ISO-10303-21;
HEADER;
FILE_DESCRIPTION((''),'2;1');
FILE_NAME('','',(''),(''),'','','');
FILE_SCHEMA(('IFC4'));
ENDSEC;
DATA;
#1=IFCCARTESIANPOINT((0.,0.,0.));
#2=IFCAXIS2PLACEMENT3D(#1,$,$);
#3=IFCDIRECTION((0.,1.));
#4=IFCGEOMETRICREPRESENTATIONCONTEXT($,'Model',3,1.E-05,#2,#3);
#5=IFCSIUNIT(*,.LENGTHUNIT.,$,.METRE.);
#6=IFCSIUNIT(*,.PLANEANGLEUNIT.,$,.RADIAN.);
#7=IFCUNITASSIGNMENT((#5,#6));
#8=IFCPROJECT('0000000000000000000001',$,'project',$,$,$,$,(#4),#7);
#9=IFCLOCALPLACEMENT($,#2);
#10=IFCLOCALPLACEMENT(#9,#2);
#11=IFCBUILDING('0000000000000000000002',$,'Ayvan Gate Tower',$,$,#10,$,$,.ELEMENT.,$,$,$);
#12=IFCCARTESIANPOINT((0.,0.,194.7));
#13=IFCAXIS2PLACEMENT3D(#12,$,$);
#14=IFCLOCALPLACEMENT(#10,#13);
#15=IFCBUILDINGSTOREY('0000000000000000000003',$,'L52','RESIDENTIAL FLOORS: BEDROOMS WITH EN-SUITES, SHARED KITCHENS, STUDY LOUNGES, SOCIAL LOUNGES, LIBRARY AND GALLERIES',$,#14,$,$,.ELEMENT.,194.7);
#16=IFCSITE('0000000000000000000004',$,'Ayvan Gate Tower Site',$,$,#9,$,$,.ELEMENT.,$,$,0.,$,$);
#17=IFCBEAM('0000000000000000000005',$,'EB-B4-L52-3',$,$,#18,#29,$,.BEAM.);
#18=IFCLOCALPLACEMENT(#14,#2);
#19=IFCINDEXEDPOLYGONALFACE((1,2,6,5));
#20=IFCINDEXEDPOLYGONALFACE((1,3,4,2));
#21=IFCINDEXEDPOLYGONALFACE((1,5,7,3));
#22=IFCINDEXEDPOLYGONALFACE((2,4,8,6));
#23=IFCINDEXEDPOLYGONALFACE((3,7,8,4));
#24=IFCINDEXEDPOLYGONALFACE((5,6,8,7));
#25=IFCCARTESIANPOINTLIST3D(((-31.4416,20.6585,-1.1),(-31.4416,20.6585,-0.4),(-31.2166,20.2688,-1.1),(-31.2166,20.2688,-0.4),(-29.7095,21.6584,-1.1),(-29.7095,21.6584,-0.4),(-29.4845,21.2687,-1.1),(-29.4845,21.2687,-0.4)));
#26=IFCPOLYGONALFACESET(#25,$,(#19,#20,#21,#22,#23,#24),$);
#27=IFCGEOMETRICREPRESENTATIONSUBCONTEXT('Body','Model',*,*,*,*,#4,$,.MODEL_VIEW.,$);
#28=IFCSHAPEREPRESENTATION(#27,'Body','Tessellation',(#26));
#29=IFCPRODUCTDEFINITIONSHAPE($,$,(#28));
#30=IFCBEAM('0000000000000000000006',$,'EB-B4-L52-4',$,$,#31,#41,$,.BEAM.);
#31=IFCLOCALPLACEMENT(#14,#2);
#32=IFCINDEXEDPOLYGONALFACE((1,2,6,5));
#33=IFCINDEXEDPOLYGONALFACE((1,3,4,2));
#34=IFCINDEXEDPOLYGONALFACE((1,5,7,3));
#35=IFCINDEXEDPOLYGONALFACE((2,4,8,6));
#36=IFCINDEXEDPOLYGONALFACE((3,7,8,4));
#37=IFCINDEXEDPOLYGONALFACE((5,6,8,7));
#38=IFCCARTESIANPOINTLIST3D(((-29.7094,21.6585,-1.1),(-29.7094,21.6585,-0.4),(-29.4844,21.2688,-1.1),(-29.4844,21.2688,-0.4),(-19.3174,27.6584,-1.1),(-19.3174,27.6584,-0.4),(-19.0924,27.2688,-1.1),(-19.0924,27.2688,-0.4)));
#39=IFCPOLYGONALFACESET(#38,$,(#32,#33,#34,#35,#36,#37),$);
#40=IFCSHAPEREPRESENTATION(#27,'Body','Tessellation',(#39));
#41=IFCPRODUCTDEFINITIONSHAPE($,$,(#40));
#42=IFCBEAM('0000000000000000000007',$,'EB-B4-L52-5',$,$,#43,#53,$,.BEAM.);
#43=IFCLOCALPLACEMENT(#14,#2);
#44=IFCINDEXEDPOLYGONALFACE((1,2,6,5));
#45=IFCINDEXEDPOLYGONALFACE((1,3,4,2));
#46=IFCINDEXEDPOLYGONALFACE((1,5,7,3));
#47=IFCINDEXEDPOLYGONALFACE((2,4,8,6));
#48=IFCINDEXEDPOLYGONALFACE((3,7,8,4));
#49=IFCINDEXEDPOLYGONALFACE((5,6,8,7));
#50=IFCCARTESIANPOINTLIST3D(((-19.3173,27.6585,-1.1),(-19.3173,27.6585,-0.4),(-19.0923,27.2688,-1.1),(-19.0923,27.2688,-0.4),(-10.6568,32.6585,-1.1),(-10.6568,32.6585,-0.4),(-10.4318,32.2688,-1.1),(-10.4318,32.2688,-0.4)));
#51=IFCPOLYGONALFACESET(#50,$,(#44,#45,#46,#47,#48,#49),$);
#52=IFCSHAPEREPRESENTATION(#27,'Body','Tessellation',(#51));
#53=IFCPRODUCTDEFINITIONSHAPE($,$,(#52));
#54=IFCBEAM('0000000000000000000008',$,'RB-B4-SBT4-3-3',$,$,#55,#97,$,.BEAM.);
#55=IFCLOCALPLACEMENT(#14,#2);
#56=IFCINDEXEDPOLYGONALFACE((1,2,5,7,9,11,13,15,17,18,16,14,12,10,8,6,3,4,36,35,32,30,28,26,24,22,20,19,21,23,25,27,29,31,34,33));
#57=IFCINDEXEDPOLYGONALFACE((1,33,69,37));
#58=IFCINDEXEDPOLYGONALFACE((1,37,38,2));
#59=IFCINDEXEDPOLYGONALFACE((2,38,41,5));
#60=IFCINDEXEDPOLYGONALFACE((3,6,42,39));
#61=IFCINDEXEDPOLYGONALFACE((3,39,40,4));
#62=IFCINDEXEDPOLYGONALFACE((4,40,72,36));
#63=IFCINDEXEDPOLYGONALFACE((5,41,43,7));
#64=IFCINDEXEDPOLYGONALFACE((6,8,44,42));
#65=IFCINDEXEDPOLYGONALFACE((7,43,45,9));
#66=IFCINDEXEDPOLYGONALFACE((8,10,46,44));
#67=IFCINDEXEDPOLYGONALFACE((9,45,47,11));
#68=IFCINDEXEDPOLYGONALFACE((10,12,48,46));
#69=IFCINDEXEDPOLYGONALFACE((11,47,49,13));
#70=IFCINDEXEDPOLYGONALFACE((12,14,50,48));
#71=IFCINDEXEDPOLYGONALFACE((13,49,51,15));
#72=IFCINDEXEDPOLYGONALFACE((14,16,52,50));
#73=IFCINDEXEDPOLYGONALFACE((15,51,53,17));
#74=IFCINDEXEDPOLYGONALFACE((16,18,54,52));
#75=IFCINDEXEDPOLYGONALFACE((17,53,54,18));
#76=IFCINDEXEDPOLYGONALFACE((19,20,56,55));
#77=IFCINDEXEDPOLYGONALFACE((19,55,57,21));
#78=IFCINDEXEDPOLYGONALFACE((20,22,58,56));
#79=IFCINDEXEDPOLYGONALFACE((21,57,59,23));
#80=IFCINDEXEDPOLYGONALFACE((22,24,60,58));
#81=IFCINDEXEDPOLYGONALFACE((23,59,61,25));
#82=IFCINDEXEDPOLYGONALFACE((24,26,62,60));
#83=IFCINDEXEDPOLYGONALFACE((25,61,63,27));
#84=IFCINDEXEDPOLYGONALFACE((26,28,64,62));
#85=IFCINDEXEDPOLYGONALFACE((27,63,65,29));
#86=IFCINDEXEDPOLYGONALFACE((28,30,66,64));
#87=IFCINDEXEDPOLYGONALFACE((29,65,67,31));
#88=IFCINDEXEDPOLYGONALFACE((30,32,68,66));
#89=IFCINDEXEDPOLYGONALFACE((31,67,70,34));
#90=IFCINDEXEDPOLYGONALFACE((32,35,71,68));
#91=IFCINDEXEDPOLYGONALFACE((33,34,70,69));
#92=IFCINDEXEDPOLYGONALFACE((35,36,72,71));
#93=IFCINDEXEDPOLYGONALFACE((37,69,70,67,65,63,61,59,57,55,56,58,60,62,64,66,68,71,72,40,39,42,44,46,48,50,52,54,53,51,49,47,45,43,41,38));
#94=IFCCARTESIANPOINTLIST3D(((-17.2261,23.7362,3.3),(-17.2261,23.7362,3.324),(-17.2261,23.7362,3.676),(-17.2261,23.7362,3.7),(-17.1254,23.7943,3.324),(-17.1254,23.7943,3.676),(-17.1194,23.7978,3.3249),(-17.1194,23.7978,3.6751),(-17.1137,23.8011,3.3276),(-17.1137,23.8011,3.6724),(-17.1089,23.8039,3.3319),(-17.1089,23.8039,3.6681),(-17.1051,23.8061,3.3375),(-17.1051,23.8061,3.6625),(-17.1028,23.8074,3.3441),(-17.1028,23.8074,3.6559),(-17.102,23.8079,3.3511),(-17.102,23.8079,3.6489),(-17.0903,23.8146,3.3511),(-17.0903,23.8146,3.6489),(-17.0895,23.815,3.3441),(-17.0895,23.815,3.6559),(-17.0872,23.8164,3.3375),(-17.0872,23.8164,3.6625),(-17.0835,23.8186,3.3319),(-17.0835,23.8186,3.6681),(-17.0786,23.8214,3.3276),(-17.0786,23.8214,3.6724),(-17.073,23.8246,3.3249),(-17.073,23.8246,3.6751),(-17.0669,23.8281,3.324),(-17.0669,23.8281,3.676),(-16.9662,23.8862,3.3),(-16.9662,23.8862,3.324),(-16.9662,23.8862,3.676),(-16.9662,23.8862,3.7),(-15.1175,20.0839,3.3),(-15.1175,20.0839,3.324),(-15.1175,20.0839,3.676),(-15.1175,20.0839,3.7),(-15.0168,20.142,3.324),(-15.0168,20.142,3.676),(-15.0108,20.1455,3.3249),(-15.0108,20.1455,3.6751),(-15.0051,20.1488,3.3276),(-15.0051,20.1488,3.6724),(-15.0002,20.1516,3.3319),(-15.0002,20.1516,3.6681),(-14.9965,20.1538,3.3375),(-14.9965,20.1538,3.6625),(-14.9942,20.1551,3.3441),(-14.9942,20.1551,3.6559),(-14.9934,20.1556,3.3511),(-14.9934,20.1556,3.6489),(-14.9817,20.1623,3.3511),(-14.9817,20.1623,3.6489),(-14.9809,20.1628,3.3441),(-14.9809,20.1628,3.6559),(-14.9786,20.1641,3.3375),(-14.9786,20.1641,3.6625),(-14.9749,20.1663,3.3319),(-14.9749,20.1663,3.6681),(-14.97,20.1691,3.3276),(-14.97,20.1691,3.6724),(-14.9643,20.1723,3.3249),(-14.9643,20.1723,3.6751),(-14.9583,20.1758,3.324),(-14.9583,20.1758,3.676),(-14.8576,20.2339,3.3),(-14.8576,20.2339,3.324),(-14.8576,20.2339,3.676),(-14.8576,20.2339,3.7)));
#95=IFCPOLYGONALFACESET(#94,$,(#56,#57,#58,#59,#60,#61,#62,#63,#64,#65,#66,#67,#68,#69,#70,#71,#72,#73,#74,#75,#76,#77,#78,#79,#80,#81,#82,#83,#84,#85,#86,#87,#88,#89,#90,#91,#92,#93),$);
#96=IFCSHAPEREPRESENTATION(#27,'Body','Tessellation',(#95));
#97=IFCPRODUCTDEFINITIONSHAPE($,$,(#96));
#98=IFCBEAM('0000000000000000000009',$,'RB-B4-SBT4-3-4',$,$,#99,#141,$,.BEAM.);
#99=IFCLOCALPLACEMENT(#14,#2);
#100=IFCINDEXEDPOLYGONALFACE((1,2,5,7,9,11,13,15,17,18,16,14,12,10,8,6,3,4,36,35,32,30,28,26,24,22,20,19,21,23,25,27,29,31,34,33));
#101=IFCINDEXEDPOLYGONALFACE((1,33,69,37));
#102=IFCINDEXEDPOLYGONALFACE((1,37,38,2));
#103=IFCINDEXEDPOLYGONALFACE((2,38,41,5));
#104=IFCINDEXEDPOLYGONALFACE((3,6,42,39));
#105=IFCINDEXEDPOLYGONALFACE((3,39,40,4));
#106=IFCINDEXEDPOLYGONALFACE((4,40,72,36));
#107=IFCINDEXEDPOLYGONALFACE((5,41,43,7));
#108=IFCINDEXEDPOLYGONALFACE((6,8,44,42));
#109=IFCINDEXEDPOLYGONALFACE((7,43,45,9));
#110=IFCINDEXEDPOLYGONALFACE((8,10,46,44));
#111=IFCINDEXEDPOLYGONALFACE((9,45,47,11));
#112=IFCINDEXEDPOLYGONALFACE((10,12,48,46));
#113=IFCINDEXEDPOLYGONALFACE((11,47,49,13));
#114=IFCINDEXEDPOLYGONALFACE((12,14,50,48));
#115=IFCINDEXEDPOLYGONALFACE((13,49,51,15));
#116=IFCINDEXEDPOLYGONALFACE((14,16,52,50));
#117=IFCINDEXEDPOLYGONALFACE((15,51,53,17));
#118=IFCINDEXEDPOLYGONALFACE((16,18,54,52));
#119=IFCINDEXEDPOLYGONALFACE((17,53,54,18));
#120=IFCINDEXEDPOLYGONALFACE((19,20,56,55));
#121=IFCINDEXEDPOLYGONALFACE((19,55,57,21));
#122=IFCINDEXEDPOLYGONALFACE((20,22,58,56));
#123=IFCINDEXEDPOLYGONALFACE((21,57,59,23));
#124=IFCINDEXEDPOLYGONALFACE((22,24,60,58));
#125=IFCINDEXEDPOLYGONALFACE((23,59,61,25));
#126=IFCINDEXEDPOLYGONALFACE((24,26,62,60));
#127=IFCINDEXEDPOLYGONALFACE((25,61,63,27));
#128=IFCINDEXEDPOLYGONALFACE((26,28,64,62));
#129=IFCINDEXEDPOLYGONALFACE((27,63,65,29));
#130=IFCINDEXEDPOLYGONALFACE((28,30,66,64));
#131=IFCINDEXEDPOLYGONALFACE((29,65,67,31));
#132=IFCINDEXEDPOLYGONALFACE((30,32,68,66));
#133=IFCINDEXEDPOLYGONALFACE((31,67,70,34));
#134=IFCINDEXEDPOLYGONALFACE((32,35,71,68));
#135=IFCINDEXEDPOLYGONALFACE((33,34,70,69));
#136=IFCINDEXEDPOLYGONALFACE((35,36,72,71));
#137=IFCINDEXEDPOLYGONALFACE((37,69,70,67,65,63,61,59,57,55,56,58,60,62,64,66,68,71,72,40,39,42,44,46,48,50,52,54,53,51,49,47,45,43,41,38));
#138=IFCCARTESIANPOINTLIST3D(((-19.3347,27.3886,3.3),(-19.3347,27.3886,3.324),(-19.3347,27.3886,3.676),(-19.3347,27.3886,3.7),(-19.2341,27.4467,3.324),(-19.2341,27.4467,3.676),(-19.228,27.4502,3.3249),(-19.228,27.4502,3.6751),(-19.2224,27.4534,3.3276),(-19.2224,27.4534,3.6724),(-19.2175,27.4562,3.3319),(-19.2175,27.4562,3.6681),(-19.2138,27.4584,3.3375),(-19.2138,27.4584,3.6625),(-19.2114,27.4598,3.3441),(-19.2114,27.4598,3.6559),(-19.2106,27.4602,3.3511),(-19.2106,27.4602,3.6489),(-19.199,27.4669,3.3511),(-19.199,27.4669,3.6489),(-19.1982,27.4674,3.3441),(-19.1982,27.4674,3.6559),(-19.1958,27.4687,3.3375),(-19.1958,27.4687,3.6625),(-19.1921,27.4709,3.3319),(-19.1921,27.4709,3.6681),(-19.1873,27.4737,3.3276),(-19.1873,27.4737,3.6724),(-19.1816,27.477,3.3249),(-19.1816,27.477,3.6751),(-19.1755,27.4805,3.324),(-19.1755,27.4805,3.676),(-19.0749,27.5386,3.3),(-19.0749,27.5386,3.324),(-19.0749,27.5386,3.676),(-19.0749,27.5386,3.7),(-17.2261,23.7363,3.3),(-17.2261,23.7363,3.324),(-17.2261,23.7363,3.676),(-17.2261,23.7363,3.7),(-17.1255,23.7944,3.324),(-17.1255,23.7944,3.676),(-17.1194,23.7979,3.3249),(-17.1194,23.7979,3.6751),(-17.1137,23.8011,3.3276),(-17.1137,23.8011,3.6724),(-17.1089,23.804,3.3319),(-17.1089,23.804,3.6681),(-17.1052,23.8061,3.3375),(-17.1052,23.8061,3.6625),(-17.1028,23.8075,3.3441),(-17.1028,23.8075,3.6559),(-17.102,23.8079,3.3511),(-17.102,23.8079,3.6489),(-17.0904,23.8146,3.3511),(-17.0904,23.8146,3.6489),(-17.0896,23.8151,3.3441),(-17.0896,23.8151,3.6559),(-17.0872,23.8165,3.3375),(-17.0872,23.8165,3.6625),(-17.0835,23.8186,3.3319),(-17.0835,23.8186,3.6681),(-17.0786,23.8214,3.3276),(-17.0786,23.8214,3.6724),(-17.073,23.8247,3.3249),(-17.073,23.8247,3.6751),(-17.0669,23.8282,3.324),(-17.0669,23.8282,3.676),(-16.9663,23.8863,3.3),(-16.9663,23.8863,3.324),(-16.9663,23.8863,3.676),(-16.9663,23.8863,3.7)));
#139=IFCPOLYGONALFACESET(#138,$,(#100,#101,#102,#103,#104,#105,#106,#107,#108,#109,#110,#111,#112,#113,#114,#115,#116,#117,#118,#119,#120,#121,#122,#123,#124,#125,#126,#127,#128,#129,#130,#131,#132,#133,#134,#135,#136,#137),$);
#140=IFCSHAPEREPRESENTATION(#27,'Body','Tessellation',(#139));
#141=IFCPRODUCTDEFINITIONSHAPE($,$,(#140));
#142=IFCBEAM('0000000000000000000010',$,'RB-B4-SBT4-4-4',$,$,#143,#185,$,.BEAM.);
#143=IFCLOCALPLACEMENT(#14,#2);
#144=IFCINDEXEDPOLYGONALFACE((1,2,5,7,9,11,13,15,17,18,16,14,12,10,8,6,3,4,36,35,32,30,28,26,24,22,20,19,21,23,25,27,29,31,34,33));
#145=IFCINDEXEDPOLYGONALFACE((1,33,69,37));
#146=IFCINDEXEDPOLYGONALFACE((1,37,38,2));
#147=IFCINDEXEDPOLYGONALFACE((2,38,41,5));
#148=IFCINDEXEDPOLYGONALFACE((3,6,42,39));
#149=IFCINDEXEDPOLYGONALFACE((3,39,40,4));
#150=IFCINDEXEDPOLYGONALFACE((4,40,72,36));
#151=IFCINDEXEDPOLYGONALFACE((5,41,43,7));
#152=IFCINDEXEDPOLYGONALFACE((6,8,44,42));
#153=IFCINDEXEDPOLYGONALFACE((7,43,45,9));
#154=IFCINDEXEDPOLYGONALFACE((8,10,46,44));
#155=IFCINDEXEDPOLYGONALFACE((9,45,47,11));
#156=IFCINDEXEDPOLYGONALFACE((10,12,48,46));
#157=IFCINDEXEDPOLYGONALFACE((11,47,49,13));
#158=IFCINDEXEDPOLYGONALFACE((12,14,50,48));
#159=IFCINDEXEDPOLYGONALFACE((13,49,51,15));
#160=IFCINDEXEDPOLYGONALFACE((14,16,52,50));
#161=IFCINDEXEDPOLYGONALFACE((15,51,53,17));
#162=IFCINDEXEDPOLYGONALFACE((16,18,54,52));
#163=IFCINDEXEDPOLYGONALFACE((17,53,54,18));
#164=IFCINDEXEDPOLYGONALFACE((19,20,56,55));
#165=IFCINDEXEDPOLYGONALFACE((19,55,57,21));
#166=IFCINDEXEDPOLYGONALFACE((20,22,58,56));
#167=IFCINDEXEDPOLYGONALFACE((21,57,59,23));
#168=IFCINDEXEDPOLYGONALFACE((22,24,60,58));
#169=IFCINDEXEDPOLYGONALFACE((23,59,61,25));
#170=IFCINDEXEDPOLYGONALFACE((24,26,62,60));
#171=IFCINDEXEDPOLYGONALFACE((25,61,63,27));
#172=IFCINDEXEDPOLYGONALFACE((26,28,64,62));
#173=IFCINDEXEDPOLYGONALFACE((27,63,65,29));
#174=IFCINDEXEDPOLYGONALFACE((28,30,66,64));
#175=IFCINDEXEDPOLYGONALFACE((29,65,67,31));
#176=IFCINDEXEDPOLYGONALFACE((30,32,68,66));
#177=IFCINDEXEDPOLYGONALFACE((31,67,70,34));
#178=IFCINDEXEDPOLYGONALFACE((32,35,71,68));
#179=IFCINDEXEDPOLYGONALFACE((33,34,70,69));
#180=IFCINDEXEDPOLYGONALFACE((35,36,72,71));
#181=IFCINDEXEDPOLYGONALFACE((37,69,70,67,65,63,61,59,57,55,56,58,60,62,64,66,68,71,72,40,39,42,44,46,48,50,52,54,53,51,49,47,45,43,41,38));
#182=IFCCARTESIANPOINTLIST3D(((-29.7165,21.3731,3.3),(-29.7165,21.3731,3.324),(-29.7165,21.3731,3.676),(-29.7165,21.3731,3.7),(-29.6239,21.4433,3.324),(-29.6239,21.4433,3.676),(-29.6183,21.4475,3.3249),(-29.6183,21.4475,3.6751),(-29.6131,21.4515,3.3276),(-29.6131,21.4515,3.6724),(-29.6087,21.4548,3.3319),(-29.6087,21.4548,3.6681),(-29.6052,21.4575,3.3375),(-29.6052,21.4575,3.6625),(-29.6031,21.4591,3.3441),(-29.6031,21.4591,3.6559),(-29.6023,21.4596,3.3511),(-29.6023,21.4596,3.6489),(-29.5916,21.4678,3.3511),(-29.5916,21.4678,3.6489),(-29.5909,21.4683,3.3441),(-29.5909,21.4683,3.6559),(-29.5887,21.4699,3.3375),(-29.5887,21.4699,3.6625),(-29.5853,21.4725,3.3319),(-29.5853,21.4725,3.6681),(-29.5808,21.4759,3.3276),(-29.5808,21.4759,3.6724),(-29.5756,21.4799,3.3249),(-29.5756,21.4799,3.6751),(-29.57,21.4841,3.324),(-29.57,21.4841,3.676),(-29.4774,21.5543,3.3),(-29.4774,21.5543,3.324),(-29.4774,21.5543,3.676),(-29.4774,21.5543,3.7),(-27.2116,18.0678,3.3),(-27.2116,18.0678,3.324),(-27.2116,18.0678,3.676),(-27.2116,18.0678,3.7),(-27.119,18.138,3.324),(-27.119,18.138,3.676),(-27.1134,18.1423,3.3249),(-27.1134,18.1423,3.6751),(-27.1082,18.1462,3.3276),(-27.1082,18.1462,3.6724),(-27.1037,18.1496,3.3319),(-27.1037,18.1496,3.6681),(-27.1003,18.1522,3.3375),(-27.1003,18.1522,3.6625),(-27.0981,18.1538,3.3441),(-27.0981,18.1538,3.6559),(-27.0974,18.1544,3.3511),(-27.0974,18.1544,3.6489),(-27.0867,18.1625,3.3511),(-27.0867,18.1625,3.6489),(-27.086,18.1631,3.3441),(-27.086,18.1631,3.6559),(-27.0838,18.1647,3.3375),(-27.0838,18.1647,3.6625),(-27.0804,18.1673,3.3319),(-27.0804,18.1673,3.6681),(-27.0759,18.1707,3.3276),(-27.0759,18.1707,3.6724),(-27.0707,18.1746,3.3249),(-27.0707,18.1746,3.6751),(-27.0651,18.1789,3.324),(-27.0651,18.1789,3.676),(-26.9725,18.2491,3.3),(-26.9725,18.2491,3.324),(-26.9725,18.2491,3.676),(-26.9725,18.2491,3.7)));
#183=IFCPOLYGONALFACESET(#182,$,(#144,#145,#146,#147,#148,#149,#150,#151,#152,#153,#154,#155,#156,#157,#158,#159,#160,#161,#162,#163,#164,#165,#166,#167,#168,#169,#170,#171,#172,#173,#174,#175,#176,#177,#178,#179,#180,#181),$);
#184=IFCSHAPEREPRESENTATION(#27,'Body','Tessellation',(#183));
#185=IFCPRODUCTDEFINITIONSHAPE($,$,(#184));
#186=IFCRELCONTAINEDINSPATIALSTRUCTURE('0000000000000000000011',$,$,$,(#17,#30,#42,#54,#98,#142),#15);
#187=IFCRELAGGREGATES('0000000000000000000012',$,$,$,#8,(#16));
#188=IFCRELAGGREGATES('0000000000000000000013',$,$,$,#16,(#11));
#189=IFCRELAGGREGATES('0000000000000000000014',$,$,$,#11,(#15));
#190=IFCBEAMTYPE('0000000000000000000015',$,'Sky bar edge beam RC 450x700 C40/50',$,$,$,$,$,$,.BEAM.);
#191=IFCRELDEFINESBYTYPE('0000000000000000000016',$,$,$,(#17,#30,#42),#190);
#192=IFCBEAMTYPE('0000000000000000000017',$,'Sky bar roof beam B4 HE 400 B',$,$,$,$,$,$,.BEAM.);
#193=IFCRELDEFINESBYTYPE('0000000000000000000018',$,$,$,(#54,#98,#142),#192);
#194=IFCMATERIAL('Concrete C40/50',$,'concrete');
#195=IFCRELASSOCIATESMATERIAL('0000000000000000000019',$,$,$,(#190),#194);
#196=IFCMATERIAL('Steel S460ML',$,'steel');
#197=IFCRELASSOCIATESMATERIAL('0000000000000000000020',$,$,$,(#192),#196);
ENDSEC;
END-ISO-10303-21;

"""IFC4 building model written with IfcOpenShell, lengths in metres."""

from ifc_helpers import new_model, si_unit, direction, frame, origin, origin_2d, place, context, subcontext, project, spatial, rectangle, i_section, extrude, material, material_profile, profile_set, type_object, element, save


model = new_model("IFC4")

# Units and contexts
model_context = context("Model", 3, precision=1e-05, world=origin(), true_north=direction((0.0, 1.0)))
body_context = subcontext(model_context, "Body", "Model", "MODEL_VIEW")
ifc_project = project(units=[si_unit("LENGTHUNIT", "METRE"), si_unit("PLANEANGLEUNIT", "RADIAN")], contexts=[model_context])

# Site, building, storey
site_placement = place(None, origin())
site = spatial("IfcSite", under=ifc_project, at=site_placement, Name="Ayvan Gate Tower Site", CompositionType="ELEMENT", RefElevation=0.0)
building_placement = place(site_placement, origin())
building = spatial("IfcBuilding", under=site, at=building_placement, Name="Ayvan Gate Tower", CompositionType="ELEMENT")
storey_placement = place(building_placement, frame((0.0, 0.0, 194.7)))
storey = spatial("IfcBuildingStorey", under=building, at=storey_placement, Name="L52", Description="RESIDENTIAL FLOORS: BEDROOMS WITH EN-SUITES, SHARED KITCHENS, STUDY LOUNGES, SOCIAL LOUNGES, LIBRARY AND GALLERIES", CompositionType="ELEMENT", Elevation=194.7)

# Beams
ifc_material_1 = material(Name="Concrete C40/50", Category="concrete")
ifc_material_profile_1 = material_profile(ifc_material_1, rectangle(XDim=0.45, YDim=0.7, at=origin_2d()), Name="RC 450x700")
ifc_profile_set_1 = profile_set([ifc_material_profile_1], Name="Concrete C40/50")
beam_type_1 = type_object("IfcBeamType", Name="Sky bar edge beam RC 450x700 C40/50", PredefinedType="BEAM", material=ifc_profile_set_1)
beam_1_placement = place(storey_placement, frame((-31.3291, 20.4636, -0.75), z_axis=(0.866041, 0.499973, 0.0), x_axis=(-0.499973, 0.866041, 0.0)))
element("IfcBeam", 1, at=beam_1_placement, inside=storey, type_object=beam_type_1, Name="EB-B4-L52-3", PredefinedType="BEAM", context=body_context, shape_type="SweptSolid", body=[
    extrude(rectangle(XDim=0.45, YDim=0.7, at=origin_2d()), origin(), (0.0, 0.0, 1.0), 2.0),
])
beam_2_placement = place(storey_placement, frame((-29.5969, 21.4636, -0.75), z_axis=(0.866021, 0.500008, 0.0), x_axis=(-0.500008, 0.866021, 0.0)))
element("IfcBeam", 2, at=beam_2_placement, inside=storey, type_object=beam_type_1, Name="EB-B4-L52-4", PredefinedType="BEAM", context=body_context, shape_type="SweptSolid", body=[
    extrude(rectangle(XDim=0.45, YDim=0.7, at=origin_2d()), origin(), (0.0, 0.0, 1.0), 11.9998),
])
beam_3_placement = place(storey_placement, frame((-19.2048, 27.4636, -0.75), z_axis=(0.866029, 0.499994, 0.0), x_axis=(-0.499994, 0.866029, 0.0)))
element("IfcBeam", 3, at=beam_3_placement, inside=storey, type_object=beam_type_1, Name="EB-B4-L52-5", PredefinedType="BEAM", context=body_context, shape_type="SweptSolid", body=[
    extrude(rectangle(XDim=0.45, YDim=0.7, at=origin_2d()), origin(), (0.0, 0.0, 1.0), 10.0002),
])
ifc_material_2 = material(Name="Steel S460ML", Category="steel")
ifc_material_profile_2 = material_profile(ifc_material_2, i_section(OverallWidth=0.3, OverallDepth=0.3999, WebThickness=0.0134, FlangeThickness=0.0239, FilletRadius=0.0271, at=origin_2d()), Name="HE 400 B")
ifc_profile_set_2 = profile_set([ifc_material_profile_2], Name="Steel S460ML")
beam_type_2 = type_object("IfcBeamType", Name="Sky bar roof beam B4 HE 400 B", PredefinedType="BEAM", material=ifc_profile_set_2)
for number, where, z_axis, x_axis, name in (
    (4, (-14.9875, 20.1589, 3.5), (-0.499993, 0.866029, 0.0), (-0.866029, -0.499993, 0.0), "RB-B4-SBT4-3-3"),
    (5, (-17.0962, 23.8113, 3.5), (-0.499993, 0.866029, 0.0), (-0.866029, -0.499993, 0.0), "RB-B4-SBT4-3-4"),
):
    element("IfcBeam", number, at=place(storey_placement, frame(where, z_axis=z_axis, x_axis=x_axis)), inside=storey, type_object=beam_type_2, Name=name, PredefinedType="BEAM", context=body_context, shape_type="SweptSolid", body=[
        extrude(i_section(OverallWidth=0.3, OverallDepth=0.3999, WebThickness=0.0134, FlangeThickness=0.0239, FilletRadius=0.0271, at=origin_2d()), origin(), (0.0, 0.0, 1.0), 4.2173),
    ])
beam_4_placement = place(storey_placement, frame((-27.092, 18.1584, 3.5), z_axis=(-0.604005, 0.796981, 0.0), x_axis=(-0.796981, -0.604005, 0.0)))
element("IfcBeam", 6, at=beam_4_placement, inside=storey, type_object=beam_type_2, Name="RB-B4-SBT4-4-4", PredefinedType="BEAM", context=body_context, shape_type="SweptSolid", body=[
    extrude(i_section(OverallWidth=0.3, OverallDepth=0.3999, WebThickness=0.0134, FlangeThickness=0.0239, FilletRadius=0.0271, at=origin_2d()), origin(), (0.0, 0.0, 1.0), 4.1472),
])

save(model, "model.ifc")
